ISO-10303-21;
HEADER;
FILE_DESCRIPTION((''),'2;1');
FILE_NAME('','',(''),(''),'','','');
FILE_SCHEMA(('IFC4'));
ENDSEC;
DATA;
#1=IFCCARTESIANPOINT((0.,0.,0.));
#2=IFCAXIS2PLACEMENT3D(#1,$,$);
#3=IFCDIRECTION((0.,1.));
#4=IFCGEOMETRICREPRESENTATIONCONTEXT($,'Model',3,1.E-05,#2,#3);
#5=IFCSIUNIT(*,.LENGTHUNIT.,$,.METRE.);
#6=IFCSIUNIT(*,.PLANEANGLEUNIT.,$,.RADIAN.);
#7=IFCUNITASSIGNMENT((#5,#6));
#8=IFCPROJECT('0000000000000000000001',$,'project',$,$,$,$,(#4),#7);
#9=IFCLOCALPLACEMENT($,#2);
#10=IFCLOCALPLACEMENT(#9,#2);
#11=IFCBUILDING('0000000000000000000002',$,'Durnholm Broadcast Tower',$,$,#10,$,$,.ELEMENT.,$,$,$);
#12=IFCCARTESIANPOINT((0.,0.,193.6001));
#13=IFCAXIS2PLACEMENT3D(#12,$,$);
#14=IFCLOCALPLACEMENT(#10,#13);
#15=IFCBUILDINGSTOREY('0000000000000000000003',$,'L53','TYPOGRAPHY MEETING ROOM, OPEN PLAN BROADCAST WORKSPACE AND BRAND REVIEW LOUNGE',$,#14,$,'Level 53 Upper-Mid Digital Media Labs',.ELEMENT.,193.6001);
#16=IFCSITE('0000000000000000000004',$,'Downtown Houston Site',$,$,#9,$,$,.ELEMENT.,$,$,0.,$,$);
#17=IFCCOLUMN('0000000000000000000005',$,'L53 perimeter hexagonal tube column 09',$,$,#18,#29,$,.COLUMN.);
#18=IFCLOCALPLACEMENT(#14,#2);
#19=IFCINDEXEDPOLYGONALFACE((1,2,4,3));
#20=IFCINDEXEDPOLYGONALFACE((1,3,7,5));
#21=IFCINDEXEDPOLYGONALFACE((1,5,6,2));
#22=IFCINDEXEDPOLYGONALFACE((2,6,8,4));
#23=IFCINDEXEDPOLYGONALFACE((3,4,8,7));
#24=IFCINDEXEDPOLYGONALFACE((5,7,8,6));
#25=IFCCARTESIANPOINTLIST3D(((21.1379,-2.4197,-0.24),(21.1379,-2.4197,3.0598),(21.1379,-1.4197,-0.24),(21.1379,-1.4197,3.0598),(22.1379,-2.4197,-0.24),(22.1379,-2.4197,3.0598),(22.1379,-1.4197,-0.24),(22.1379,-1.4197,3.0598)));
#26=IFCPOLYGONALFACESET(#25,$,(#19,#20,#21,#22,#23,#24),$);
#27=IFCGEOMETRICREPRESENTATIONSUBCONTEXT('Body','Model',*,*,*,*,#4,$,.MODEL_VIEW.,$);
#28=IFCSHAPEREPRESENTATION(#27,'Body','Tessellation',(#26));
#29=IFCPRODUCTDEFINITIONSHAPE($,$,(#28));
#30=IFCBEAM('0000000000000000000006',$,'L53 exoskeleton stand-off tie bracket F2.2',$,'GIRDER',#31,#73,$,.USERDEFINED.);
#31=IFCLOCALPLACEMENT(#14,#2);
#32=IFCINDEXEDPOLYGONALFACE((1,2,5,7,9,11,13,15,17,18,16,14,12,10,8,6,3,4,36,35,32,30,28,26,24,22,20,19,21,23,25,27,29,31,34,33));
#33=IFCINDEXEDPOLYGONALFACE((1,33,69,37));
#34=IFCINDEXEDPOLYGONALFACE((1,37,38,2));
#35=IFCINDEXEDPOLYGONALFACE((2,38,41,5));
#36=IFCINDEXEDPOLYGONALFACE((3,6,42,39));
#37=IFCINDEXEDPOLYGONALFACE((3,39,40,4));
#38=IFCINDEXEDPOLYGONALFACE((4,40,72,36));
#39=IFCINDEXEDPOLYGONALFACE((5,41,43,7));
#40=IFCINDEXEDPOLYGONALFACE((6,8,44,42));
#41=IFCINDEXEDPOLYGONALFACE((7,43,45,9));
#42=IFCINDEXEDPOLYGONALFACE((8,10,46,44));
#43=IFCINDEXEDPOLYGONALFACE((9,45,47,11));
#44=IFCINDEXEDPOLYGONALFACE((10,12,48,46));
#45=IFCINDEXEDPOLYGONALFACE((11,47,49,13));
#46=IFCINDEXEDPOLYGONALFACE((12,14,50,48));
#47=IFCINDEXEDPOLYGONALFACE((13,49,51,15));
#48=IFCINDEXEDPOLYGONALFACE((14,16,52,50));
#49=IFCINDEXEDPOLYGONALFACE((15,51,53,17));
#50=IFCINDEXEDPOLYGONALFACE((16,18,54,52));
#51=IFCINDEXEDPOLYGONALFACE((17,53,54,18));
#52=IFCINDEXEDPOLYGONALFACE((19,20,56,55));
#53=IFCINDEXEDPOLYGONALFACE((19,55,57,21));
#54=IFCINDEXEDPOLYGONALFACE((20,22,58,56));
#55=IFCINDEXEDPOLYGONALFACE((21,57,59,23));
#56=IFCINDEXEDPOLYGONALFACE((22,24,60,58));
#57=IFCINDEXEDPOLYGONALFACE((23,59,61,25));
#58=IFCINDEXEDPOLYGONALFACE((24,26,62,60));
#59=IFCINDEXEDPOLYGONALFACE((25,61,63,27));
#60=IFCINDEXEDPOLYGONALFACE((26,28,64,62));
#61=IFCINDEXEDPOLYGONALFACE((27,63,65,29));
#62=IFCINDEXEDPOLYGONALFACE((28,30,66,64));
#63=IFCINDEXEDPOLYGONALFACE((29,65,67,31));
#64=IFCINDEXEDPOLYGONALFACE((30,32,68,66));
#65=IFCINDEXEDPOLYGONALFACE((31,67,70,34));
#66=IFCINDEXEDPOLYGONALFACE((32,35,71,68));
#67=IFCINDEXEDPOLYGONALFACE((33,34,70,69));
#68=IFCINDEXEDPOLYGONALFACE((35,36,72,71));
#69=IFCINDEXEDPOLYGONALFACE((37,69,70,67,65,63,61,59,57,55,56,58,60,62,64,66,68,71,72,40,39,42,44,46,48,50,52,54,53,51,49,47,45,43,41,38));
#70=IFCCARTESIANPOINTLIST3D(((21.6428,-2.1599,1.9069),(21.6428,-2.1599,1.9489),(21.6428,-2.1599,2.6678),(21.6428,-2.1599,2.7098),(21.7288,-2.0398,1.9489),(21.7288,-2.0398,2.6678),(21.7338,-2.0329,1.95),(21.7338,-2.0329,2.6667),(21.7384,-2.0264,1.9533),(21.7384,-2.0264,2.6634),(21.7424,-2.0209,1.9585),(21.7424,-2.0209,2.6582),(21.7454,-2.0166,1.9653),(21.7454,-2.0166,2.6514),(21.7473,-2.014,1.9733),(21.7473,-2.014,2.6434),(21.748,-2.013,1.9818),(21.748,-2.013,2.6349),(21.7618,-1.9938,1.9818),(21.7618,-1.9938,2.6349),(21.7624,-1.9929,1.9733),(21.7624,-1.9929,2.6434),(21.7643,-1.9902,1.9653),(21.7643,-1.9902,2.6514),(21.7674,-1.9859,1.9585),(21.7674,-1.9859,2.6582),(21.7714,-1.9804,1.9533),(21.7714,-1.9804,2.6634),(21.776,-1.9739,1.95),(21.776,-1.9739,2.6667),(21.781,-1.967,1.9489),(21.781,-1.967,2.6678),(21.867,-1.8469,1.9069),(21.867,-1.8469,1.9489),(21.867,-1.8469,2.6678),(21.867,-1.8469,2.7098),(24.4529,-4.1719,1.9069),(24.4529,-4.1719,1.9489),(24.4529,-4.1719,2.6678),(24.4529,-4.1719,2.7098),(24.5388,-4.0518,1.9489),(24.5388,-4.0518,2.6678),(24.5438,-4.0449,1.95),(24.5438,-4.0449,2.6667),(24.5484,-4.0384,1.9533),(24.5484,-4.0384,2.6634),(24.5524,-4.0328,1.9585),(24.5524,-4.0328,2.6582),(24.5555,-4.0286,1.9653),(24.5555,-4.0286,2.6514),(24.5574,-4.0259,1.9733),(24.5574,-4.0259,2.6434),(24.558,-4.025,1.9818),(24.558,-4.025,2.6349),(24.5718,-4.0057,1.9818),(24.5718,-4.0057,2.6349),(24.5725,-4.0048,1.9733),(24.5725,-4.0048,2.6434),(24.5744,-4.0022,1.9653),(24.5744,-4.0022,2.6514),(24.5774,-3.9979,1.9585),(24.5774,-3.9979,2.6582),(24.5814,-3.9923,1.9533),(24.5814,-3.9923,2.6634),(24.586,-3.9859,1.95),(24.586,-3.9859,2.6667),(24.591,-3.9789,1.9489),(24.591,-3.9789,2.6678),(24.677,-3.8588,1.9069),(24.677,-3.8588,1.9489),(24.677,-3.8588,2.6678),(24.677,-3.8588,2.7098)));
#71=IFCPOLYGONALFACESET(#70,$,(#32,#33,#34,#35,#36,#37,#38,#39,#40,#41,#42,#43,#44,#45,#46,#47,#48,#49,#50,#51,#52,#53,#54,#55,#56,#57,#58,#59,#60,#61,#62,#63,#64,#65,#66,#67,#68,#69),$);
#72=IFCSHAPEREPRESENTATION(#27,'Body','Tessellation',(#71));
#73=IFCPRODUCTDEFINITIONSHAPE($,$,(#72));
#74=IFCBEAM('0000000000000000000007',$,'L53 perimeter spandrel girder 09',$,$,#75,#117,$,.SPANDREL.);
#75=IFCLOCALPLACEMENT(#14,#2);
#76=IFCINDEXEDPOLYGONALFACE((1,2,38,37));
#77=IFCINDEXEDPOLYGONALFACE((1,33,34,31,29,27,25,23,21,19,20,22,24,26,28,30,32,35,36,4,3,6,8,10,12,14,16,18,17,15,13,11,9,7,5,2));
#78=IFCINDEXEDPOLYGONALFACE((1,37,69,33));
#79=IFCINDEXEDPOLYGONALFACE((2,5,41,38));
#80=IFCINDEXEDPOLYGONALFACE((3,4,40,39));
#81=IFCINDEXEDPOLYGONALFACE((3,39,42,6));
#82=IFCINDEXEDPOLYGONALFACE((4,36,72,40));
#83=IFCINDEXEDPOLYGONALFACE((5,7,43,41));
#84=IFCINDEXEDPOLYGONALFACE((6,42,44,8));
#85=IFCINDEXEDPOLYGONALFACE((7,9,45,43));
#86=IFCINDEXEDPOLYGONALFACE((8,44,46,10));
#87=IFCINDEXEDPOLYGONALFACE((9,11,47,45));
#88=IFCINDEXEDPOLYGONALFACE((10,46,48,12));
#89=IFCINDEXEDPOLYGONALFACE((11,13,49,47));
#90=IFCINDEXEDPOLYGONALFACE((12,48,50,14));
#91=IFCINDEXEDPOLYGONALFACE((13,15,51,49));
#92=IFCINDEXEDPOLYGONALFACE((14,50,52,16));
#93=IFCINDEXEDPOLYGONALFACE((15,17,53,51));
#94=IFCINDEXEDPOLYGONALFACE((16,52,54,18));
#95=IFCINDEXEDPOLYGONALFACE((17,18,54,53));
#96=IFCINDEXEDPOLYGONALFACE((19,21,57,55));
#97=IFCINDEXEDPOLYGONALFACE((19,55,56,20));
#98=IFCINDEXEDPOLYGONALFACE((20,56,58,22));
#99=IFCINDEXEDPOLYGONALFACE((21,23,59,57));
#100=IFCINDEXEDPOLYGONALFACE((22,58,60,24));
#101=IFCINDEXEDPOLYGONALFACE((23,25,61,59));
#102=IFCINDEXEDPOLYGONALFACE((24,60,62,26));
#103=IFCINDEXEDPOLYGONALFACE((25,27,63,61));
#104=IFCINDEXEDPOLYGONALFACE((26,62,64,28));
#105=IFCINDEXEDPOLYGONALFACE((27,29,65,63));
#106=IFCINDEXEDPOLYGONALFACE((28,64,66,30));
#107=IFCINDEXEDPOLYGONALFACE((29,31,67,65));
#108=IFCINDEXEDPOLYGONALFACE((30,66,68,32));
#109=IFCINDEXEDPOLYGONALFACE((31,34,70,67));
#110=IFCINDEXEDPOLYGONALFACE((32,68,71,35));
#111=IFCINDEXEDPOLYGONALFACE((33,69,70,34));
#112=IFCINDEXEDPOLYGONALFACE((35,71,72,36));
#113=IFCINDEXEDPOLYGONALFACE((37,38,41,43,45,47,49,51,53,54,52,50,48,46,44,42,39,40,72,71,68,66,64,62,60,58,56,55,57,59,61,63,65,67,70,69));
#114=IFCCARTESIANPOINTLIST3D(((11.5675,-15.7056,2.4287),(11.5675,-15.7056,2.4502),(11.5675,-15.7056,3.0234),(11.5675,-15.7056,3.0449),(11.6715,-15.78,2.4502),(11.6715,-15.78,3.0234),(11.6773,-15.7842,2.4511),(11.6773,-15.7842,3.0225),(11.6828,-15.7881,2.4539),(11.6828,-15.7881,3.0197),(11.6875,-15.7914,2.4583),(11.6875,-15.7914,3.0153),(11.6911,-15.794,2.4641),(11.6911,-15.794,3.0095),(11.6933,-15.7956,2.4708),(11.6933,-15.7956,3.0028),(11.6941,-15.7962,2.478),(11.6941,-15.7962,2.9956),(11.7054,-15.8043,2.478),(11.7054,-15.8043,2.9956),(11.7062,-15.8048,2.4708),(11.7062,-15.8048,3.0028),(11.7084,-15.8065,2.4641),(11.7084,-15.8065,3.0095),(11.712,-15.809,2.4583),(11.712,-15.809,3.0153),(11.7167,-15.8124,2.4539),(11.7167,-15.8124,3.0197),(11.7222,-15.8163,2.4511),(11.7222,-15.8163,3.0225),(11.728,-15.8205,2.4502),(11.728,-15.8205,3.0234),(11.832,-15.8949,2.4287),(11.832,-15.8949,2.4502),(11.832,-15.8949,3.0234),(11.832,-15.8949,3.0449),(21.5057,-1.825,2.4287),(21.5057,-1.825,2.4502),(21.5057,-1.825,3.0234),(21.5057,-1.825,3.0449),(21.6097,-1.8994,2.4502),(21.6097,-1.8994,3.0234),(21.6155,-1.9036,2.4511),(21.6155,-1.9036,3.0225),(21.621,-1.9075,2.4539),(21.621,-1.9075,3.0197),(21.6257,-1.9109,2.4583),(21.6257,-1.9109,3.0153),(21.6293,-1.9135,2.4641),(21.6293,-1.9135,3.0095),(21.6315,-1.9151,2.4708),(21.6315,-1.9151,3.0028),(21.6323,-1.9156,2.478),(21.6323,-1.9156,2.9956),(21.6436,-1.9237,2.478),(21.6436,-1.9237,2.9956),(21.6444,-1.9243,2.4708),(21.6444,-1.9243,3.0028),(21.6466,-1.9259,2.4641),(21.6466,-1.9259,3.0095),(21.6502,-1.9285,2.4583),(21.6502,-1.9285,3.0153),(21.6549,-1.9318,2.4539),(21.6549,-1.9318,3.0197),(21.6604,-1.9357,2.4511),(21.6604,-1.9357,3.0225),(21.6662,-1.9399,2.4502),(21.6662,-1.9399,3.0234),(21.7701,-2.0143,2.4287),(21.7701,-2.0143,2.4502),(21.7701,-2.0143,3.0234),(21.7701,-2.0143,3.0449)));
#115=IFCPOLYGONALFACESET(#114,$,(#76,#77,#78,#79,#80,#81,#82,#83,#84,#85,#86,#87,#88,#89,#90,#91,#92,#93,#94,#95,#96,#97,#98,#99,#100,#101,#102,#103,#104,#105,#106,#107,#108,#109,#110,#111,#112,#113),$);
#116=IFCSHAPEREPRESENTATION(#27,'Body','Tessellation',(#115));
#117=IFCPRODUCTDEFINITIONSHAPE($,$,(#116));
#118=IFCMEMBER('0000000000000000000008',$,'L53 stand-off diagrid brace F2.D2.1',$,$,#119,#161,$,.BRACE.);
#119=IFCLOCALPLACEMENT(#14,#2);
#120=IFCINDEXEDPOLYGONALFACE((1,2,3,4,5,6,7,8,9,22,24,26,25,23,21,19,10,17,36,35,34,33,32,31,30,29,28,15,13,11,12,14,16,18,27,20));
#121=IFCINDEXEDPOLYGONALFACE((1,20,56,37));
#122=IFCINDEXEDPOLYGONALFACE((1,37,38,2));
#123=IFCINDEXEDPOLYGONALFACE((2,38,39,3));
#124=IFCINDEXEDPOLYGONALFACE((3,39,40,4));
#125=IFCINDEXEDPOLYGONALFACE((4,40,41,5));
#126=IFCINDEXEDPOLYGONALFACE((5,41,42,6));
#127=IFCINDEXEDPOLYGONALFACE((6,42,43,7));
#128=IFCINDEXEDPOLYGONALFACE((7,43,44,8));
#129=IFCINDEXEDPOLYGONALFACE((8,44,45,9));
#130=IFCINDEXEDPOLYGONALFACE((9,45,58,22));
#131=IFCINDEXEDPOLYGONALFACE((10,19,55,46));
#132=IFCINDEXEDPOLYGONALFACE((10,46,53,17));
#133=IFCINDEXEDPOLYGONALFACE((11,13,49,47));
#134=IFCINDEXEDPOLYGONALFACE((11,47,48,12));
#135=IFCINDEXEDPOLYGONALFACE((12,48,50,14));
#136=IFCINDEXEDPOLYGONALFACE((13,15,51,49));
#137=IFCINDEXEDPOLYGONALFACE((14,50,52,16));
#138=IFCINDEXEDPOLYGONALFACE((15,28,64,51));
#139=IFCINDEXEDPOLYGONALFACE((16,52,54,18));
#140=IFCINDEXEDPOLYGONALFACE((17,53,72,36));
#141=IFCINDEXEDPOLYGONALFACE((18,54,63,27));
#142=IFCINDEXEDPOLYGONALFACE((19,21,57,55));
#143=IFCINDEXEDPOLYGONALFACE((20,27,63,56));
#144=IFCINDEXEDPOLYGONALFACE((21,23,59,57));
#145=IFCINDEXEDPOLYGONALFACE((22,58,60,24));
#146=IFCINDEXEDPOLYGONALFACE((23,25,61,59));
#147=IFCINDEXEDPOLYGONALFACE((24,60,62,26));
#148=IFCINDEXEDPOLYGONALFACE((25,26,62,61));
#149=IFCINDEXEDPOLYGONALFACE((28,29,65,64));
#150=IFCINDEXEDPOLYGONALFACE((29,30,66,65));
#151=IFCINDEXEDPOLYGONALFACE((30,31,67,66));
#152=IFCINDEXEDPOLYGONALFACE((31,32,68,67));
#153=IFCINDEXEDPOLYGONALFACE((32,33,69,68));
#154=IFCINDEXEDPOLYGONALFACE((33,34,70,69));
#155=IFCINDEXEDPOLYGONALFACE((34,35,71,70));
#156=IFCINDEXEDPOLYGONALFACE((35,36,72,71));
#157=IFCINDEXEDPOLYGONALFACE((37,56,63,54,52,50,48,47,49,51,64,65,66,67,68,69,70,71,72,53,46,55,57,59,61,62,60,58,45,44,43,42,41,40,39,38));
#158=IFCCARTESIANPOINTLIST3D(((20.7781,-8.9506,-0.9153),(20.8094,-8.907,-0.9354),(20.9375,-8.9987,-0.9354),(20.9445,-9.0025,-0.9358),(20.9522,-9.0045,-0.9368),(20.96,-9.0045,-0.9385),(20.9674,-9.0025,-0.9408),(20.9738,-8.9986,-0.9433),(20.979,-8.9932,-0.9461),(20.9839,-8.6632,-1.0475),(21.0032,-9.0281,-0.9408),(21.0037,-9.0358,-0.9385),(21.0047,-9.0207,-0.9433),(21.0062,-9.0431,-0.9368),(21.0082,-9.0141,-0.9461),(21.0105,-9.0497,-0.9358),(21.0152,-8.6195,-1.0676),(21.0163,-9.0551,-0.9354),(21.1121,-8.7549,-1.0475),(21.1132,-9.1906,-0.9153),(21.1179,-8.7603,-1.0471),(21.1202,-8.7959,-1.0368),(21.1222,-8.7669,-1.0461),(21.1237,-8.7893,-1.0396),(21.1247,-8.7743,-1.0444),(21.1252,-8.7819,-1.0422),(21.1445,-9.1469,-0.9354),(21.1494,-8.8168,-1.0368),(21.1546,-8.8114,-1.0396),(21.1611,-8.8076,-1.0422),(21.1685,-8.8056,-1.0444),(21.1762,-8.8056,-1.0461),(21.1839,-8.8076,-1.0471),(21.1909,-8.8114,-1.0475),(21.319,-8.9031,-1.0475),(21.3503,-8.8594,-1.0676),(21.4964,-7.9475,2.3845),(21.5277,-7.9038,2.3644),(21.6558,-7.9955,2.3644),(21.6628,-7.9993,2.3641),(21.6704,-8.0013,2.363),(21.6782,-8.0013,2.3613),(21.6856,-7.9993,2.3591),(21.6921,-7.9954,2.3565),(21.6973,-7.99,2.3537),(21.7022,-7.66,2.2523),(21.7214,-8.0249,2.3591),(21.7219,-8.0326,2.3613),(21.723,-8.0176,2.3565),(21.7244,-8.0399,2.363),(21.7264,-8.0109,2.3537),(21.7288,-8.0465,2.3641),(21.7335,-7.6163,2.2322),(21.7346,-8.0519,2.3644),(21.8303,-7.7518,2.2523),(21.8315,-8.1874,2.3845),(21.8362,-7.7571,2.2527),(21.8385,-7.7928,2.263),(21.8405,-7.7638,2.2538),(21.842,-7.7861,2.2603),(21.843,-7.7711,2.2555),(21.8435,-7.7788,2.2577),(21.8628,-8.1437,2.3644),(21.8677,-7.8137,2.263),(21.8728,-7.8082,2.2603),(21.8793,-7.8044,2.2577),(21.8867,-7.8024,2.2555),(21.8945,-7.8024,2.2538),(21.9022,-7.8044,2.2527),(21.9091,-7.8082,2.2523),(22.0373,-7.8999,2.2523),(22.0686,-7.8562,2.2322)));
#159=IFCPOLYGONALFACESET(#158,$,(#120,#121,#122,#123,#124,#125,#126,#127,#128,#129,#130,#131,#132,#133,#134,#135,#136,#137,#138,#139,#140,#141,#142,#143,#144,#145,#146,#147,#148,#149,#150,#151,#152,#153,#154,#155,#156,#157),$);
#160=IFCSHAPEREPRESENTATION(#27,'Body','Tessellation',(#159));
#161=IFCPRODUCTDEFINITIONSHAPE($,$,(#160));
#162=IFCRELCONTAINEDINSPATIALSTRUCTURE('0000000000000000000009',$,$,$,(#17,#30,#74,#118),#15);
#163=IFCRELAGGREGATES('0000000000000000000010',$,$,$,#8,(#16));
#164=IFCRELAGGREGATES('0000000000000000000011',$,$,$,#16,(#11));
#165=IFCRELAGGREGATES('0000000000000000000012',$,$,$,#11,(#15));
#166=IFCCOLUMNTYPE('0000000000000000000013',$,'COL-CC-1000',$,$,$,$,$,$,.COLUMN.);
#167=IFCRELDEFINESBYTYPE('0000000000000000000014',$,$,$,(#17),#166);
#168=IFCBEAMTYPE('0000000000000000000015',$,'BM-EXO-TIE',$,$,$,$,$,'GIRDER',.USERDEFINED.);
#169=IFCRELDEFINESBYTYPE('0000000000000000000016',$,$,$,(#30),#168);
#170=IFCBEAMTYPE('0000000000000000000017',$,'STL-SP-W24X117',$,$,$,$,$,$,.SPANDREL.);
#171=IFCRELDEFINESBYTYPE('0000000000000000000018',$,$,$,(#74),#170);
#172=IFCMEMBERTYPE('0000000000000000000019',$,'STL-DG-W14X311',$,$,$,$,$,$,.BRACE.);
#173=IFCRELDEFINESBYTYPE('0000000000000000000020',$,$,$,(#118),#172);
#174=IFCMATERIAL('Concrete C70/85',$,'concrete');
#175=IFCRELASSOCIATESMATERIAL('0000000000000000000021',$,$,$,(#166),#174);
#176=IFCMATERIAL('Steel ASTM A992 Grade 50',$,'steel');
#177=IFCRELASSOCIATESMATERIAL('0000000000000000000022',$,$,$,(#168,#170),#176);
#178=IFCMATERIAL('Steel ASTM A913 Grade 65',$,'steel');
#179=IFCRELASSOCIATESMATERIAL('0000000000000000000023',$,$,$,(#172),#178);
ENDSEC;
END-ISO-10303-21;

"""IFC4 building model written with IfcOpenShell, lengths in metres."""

from ifc_helpers import new_model, si_unit, direction, frame, origin, origin_2d, place, context, subcontext, project, spatial, rectangle, i_section, extrude, source, transform, mapped, material, material_profile, profile_set, type_object, type_shapes, element, save


model = new_model("IFC4")

# Units and contexts
model_context = context("Model", 3, precision=1e-05, world=origin(), true_north=direction((0.0, 1.0)))
body_context = subcontext(model_context, "Body", "Model", "MODEL_VIEW")
ifc_project = project(units=[si_unit("LENGTHUNIT", "METRE"), si_unit("PLANEANGLEUNIT", "RADIAN")], contexts=[model_context])

# Site, building, storey
site_placement = place(None, origin())
site = spatial("IfcSite", under=ifc_project, at=site_placement, Name="Downtown Houston Site", CompositionType="ELEMENT", RefElevation=0.0)
building_placement = place(site_placement, origin())
building = spatial("IfcBuilding", under=site, at=building_placement, Name="Durnholm Broadcast Tower", CompositionType="ELEMENT")
storey_placement = place(building_placement, frame((0.0, 0.0, 193.6001)))
storey = spatial("IfcBuildingStorey", under=building, at=storey_placement, Name="L53", Description="TYPOGRAPHY MEETING ROOM, OPEN PLAN BROADCAST WORKSPACE AND BRAND REVIEW LOUNGE", LongName="Level 53 Upper-Mid Digital Media Labs", CompositionType="ELEMENT", Elevation=193.6001)

# Column
ifc_material_1 = material(Name="Concrete C70/85", Category="concrete")
ifc_material_profile_1 = material_profile(ifc_material_1, rectangle(XDim=1.0, YDim=1.0, at=origin_2d()), Name="RC1000X1000")
ifc_profile_set_1 = profile_set([ifc_material_profile_1], Name="Concrete C70/85")
column_type = type_object("IfcColumnType", Name="COL-CC-1000", PredefinedType="COLUMN", material=ifc_profile_set_1)
shared_shape_1 = source(origin(), body_context, "Body", "SweptSolid", [
    extrude(rectangle(XDim=1.0, YDim=1.0, at=origin_2d()), origin(), (0.0, 0.0, 1.0), 3.2998),
])
type_shapes(column_type, [shared_shape_1])
column_placement = place(storey_placement, frame((21.6379, -1.9197, -0.24), z_axis=(0.0, 0.0, 1.0), x_axis=(1.0, 0.0, 0.0)))
element("IfcColumn", 1, at=column_placement, inside=storey, type_object=column_type, Name="L53 perimeter hexagonal tube column 09", PredefinedType="COLUMN", context=body_context, shape_type="MappedRepresentation", body=[
    mapped(shared_shape_1, transform((0.0, 0.0, 0.0), x_axis=(1.0, 0.0, 0.0), y_axis=(0.0, 1.0, 0.0), z_axis=(0.0, 0.0, 1.0), scale=1.0)),
])

# Beams
ifc_material_2 = material(Name="Steel ASTM A992 Grade 50", Category="steel")
ifc_material_profile_2 = material_profile(ifc_material_2, i_section(OverallWidth=0.385, OverallDepth=0.803, WebThickness=0.0237, FlangeThickness=0.042, FilletRadius=0.033, at=origin_2d()), Name="W30X261")
ifc_profile_set_2 = profile_set([ifc_material_profile_2], Name="Steel ASTM A992 Grade 50")
beam_type_1 = type_object("IfcBeamType", Name="BM-EXO-TIE", ElementType="GIRDER", PredefinedType="USERDEFINED", material=ifc_profile_set_2)
shared_shape_2 = source(origin(), body_context, "Body", "SweptSolid", [
    extrude(i_section(OverallWidth=0.385, OverallDepth=0.803, WebThickness=0.0237, FlangeThickness=0.042, FilletRadius=0.033, at=origin_2d()), origin(), (0.0, 0.0, 1.0), 3.4561),
])
type_shapes(beam_type_1, [shared_shape_2])
beam_1_placement = place(storey_placement, frame((21.7549, -2.0034, 2.3083), z_axis=(0.813079, -0.582153, 0.0), x_axis=(0.582153, 0.813079, 0.0)))
element("IfcBeam", 2, at=beam_1_placement, inside=storey, type_object=beam_type_1, Name="L53 exoskeleton stand-off tie bracket F2.2", ObjectType="GIRDER", PredefinedType="USERDEFINED", context=body_context, shape_type="MappedRepresentation", body=[
    mapped(shared_shape_2, transform((0.0, 0.0, 0.0), x_axis=(1.0, 0.0, 0.0), y_axis=(0.0, 1.0, 0.0), z_axis=(0.0, 0.0, 1.0), scale=1.0)),
])
ifc_material_profile_3 = material_profile(ifc_material_2, i_section(OverallWidth=0.3252, OverallDepth=0.6162, WebThickness=0.0139, FlangeThickness=0.0215, FilletRadius=0.0278, at=origin_2d()), Name="W24X117")
ifc_profile_set_3 = profile_set([ifc_material_profile_3], Name="Steel ASTM A992 Grade 50")
beam_type_2 = type_object("IfcBeamType", Name="STL-SP-W24X117", PredefinedType="SPANDREL", material=ifc_profile_set_3)
shared_shape_3 = source(origin(), body_context, "Body", "SweptSolid", [
    extrude(i_section(OverallWidth=0.3252, OverallDepth=0.6162, WebThickness=0.0139, FlangeThickness=0.0215, FilletRadius=0.0278, at=origin_2d()), origin(), (0.0, 0.0, 1.0), 17.0715),
])
type_shapes(beam_type_2, [shared_shape_3])
beam_2_placement = place(storey_placement, frame((21.6379, -1.9197, 2.7368), z_axis=(-0.58215, -0.813082, 0.0), x_axis=(0.813082, -0.58215, 0.0)))
element("IfcBeam", 3, at=beam_2_placement, inside=storey, type_object=beam_type_2, Name="L53 perimeter spandrel girder 09", PredefinedType="SPANDREL", context=body_context, shape_type="MappedRepresentation", body=[
    mapped(shared_shape_3, transform((0.0, 0.0, 0.0), x_axis=(1.0, 0.0, 0.0), y_axis=(0.0, 1.0, 0.0), z_axis=(0.0, 0.0, 1.0), scale=1.0)),
])

# Member
ifc_material_3 = material(Name="Steel ASTM A913 Grade 65", Category="steel")
ifc_material_profile_4 = material_profile(ifc_material_3, i_section(OverallWidth=0.4121, OverallDepth=0.4348, WebThickness=0.0359, FlangeThickness=0.0574, FilletRadius=0.0305, at=origin_2d()), Name="W14X311")
ifc_profile_set_4 = profile_set([ifc_material_profile_4], Name="Steel ASTM A913 Grade 65")
member_type_1 = type_object("IfcMemberType", Name="STL-DG-W14X311", PredefinedType="BRACE", material=ifc_profile_set_4)
shared_shape_4 = source(origin(), body_context, "Body", "SweptSolid", [
    extrude(i_section(OverallWidth=0.4121, OverallDepth=0.4348, WebThickness=0.0359, FlangeThickness=0.0574, FilletRadius=0.0305, at=origin_2d()), origin(), (0.0, 0.0, 1.0), 3.5229),
])
type_shapes(member_type_1, [shared_shape_4])
for number, where, z_axis, x_axis, name in (
    (4, (21.0642, -8.905, -0.9915), (0.203882, 0.284756, 0.936667), (-0.813078, 0.582155, 0.0), "L53 stand-off diagrid brace F2.D2.1"),
):
    element("IfcMember", number, at=place(storey_placement, frame(where, z_axis=z_axis, x_axis=x_axis)), inside=storey, type_object=member_type_1, Name=name, PredefinedType="BRACE", context=body_context, shape_type="MappedRepresentation", body=[
        mapped(shared_shape_4, transform((0.0, 0.0, 0.0), x_axis=(1.0, 0.0, 0.0), y_axis=(0.0, 1.0, 0.0), z_axis=(0.0, 0.0, 1.0), scale=1.0)),
    ])

save(model, "model.ifc")
